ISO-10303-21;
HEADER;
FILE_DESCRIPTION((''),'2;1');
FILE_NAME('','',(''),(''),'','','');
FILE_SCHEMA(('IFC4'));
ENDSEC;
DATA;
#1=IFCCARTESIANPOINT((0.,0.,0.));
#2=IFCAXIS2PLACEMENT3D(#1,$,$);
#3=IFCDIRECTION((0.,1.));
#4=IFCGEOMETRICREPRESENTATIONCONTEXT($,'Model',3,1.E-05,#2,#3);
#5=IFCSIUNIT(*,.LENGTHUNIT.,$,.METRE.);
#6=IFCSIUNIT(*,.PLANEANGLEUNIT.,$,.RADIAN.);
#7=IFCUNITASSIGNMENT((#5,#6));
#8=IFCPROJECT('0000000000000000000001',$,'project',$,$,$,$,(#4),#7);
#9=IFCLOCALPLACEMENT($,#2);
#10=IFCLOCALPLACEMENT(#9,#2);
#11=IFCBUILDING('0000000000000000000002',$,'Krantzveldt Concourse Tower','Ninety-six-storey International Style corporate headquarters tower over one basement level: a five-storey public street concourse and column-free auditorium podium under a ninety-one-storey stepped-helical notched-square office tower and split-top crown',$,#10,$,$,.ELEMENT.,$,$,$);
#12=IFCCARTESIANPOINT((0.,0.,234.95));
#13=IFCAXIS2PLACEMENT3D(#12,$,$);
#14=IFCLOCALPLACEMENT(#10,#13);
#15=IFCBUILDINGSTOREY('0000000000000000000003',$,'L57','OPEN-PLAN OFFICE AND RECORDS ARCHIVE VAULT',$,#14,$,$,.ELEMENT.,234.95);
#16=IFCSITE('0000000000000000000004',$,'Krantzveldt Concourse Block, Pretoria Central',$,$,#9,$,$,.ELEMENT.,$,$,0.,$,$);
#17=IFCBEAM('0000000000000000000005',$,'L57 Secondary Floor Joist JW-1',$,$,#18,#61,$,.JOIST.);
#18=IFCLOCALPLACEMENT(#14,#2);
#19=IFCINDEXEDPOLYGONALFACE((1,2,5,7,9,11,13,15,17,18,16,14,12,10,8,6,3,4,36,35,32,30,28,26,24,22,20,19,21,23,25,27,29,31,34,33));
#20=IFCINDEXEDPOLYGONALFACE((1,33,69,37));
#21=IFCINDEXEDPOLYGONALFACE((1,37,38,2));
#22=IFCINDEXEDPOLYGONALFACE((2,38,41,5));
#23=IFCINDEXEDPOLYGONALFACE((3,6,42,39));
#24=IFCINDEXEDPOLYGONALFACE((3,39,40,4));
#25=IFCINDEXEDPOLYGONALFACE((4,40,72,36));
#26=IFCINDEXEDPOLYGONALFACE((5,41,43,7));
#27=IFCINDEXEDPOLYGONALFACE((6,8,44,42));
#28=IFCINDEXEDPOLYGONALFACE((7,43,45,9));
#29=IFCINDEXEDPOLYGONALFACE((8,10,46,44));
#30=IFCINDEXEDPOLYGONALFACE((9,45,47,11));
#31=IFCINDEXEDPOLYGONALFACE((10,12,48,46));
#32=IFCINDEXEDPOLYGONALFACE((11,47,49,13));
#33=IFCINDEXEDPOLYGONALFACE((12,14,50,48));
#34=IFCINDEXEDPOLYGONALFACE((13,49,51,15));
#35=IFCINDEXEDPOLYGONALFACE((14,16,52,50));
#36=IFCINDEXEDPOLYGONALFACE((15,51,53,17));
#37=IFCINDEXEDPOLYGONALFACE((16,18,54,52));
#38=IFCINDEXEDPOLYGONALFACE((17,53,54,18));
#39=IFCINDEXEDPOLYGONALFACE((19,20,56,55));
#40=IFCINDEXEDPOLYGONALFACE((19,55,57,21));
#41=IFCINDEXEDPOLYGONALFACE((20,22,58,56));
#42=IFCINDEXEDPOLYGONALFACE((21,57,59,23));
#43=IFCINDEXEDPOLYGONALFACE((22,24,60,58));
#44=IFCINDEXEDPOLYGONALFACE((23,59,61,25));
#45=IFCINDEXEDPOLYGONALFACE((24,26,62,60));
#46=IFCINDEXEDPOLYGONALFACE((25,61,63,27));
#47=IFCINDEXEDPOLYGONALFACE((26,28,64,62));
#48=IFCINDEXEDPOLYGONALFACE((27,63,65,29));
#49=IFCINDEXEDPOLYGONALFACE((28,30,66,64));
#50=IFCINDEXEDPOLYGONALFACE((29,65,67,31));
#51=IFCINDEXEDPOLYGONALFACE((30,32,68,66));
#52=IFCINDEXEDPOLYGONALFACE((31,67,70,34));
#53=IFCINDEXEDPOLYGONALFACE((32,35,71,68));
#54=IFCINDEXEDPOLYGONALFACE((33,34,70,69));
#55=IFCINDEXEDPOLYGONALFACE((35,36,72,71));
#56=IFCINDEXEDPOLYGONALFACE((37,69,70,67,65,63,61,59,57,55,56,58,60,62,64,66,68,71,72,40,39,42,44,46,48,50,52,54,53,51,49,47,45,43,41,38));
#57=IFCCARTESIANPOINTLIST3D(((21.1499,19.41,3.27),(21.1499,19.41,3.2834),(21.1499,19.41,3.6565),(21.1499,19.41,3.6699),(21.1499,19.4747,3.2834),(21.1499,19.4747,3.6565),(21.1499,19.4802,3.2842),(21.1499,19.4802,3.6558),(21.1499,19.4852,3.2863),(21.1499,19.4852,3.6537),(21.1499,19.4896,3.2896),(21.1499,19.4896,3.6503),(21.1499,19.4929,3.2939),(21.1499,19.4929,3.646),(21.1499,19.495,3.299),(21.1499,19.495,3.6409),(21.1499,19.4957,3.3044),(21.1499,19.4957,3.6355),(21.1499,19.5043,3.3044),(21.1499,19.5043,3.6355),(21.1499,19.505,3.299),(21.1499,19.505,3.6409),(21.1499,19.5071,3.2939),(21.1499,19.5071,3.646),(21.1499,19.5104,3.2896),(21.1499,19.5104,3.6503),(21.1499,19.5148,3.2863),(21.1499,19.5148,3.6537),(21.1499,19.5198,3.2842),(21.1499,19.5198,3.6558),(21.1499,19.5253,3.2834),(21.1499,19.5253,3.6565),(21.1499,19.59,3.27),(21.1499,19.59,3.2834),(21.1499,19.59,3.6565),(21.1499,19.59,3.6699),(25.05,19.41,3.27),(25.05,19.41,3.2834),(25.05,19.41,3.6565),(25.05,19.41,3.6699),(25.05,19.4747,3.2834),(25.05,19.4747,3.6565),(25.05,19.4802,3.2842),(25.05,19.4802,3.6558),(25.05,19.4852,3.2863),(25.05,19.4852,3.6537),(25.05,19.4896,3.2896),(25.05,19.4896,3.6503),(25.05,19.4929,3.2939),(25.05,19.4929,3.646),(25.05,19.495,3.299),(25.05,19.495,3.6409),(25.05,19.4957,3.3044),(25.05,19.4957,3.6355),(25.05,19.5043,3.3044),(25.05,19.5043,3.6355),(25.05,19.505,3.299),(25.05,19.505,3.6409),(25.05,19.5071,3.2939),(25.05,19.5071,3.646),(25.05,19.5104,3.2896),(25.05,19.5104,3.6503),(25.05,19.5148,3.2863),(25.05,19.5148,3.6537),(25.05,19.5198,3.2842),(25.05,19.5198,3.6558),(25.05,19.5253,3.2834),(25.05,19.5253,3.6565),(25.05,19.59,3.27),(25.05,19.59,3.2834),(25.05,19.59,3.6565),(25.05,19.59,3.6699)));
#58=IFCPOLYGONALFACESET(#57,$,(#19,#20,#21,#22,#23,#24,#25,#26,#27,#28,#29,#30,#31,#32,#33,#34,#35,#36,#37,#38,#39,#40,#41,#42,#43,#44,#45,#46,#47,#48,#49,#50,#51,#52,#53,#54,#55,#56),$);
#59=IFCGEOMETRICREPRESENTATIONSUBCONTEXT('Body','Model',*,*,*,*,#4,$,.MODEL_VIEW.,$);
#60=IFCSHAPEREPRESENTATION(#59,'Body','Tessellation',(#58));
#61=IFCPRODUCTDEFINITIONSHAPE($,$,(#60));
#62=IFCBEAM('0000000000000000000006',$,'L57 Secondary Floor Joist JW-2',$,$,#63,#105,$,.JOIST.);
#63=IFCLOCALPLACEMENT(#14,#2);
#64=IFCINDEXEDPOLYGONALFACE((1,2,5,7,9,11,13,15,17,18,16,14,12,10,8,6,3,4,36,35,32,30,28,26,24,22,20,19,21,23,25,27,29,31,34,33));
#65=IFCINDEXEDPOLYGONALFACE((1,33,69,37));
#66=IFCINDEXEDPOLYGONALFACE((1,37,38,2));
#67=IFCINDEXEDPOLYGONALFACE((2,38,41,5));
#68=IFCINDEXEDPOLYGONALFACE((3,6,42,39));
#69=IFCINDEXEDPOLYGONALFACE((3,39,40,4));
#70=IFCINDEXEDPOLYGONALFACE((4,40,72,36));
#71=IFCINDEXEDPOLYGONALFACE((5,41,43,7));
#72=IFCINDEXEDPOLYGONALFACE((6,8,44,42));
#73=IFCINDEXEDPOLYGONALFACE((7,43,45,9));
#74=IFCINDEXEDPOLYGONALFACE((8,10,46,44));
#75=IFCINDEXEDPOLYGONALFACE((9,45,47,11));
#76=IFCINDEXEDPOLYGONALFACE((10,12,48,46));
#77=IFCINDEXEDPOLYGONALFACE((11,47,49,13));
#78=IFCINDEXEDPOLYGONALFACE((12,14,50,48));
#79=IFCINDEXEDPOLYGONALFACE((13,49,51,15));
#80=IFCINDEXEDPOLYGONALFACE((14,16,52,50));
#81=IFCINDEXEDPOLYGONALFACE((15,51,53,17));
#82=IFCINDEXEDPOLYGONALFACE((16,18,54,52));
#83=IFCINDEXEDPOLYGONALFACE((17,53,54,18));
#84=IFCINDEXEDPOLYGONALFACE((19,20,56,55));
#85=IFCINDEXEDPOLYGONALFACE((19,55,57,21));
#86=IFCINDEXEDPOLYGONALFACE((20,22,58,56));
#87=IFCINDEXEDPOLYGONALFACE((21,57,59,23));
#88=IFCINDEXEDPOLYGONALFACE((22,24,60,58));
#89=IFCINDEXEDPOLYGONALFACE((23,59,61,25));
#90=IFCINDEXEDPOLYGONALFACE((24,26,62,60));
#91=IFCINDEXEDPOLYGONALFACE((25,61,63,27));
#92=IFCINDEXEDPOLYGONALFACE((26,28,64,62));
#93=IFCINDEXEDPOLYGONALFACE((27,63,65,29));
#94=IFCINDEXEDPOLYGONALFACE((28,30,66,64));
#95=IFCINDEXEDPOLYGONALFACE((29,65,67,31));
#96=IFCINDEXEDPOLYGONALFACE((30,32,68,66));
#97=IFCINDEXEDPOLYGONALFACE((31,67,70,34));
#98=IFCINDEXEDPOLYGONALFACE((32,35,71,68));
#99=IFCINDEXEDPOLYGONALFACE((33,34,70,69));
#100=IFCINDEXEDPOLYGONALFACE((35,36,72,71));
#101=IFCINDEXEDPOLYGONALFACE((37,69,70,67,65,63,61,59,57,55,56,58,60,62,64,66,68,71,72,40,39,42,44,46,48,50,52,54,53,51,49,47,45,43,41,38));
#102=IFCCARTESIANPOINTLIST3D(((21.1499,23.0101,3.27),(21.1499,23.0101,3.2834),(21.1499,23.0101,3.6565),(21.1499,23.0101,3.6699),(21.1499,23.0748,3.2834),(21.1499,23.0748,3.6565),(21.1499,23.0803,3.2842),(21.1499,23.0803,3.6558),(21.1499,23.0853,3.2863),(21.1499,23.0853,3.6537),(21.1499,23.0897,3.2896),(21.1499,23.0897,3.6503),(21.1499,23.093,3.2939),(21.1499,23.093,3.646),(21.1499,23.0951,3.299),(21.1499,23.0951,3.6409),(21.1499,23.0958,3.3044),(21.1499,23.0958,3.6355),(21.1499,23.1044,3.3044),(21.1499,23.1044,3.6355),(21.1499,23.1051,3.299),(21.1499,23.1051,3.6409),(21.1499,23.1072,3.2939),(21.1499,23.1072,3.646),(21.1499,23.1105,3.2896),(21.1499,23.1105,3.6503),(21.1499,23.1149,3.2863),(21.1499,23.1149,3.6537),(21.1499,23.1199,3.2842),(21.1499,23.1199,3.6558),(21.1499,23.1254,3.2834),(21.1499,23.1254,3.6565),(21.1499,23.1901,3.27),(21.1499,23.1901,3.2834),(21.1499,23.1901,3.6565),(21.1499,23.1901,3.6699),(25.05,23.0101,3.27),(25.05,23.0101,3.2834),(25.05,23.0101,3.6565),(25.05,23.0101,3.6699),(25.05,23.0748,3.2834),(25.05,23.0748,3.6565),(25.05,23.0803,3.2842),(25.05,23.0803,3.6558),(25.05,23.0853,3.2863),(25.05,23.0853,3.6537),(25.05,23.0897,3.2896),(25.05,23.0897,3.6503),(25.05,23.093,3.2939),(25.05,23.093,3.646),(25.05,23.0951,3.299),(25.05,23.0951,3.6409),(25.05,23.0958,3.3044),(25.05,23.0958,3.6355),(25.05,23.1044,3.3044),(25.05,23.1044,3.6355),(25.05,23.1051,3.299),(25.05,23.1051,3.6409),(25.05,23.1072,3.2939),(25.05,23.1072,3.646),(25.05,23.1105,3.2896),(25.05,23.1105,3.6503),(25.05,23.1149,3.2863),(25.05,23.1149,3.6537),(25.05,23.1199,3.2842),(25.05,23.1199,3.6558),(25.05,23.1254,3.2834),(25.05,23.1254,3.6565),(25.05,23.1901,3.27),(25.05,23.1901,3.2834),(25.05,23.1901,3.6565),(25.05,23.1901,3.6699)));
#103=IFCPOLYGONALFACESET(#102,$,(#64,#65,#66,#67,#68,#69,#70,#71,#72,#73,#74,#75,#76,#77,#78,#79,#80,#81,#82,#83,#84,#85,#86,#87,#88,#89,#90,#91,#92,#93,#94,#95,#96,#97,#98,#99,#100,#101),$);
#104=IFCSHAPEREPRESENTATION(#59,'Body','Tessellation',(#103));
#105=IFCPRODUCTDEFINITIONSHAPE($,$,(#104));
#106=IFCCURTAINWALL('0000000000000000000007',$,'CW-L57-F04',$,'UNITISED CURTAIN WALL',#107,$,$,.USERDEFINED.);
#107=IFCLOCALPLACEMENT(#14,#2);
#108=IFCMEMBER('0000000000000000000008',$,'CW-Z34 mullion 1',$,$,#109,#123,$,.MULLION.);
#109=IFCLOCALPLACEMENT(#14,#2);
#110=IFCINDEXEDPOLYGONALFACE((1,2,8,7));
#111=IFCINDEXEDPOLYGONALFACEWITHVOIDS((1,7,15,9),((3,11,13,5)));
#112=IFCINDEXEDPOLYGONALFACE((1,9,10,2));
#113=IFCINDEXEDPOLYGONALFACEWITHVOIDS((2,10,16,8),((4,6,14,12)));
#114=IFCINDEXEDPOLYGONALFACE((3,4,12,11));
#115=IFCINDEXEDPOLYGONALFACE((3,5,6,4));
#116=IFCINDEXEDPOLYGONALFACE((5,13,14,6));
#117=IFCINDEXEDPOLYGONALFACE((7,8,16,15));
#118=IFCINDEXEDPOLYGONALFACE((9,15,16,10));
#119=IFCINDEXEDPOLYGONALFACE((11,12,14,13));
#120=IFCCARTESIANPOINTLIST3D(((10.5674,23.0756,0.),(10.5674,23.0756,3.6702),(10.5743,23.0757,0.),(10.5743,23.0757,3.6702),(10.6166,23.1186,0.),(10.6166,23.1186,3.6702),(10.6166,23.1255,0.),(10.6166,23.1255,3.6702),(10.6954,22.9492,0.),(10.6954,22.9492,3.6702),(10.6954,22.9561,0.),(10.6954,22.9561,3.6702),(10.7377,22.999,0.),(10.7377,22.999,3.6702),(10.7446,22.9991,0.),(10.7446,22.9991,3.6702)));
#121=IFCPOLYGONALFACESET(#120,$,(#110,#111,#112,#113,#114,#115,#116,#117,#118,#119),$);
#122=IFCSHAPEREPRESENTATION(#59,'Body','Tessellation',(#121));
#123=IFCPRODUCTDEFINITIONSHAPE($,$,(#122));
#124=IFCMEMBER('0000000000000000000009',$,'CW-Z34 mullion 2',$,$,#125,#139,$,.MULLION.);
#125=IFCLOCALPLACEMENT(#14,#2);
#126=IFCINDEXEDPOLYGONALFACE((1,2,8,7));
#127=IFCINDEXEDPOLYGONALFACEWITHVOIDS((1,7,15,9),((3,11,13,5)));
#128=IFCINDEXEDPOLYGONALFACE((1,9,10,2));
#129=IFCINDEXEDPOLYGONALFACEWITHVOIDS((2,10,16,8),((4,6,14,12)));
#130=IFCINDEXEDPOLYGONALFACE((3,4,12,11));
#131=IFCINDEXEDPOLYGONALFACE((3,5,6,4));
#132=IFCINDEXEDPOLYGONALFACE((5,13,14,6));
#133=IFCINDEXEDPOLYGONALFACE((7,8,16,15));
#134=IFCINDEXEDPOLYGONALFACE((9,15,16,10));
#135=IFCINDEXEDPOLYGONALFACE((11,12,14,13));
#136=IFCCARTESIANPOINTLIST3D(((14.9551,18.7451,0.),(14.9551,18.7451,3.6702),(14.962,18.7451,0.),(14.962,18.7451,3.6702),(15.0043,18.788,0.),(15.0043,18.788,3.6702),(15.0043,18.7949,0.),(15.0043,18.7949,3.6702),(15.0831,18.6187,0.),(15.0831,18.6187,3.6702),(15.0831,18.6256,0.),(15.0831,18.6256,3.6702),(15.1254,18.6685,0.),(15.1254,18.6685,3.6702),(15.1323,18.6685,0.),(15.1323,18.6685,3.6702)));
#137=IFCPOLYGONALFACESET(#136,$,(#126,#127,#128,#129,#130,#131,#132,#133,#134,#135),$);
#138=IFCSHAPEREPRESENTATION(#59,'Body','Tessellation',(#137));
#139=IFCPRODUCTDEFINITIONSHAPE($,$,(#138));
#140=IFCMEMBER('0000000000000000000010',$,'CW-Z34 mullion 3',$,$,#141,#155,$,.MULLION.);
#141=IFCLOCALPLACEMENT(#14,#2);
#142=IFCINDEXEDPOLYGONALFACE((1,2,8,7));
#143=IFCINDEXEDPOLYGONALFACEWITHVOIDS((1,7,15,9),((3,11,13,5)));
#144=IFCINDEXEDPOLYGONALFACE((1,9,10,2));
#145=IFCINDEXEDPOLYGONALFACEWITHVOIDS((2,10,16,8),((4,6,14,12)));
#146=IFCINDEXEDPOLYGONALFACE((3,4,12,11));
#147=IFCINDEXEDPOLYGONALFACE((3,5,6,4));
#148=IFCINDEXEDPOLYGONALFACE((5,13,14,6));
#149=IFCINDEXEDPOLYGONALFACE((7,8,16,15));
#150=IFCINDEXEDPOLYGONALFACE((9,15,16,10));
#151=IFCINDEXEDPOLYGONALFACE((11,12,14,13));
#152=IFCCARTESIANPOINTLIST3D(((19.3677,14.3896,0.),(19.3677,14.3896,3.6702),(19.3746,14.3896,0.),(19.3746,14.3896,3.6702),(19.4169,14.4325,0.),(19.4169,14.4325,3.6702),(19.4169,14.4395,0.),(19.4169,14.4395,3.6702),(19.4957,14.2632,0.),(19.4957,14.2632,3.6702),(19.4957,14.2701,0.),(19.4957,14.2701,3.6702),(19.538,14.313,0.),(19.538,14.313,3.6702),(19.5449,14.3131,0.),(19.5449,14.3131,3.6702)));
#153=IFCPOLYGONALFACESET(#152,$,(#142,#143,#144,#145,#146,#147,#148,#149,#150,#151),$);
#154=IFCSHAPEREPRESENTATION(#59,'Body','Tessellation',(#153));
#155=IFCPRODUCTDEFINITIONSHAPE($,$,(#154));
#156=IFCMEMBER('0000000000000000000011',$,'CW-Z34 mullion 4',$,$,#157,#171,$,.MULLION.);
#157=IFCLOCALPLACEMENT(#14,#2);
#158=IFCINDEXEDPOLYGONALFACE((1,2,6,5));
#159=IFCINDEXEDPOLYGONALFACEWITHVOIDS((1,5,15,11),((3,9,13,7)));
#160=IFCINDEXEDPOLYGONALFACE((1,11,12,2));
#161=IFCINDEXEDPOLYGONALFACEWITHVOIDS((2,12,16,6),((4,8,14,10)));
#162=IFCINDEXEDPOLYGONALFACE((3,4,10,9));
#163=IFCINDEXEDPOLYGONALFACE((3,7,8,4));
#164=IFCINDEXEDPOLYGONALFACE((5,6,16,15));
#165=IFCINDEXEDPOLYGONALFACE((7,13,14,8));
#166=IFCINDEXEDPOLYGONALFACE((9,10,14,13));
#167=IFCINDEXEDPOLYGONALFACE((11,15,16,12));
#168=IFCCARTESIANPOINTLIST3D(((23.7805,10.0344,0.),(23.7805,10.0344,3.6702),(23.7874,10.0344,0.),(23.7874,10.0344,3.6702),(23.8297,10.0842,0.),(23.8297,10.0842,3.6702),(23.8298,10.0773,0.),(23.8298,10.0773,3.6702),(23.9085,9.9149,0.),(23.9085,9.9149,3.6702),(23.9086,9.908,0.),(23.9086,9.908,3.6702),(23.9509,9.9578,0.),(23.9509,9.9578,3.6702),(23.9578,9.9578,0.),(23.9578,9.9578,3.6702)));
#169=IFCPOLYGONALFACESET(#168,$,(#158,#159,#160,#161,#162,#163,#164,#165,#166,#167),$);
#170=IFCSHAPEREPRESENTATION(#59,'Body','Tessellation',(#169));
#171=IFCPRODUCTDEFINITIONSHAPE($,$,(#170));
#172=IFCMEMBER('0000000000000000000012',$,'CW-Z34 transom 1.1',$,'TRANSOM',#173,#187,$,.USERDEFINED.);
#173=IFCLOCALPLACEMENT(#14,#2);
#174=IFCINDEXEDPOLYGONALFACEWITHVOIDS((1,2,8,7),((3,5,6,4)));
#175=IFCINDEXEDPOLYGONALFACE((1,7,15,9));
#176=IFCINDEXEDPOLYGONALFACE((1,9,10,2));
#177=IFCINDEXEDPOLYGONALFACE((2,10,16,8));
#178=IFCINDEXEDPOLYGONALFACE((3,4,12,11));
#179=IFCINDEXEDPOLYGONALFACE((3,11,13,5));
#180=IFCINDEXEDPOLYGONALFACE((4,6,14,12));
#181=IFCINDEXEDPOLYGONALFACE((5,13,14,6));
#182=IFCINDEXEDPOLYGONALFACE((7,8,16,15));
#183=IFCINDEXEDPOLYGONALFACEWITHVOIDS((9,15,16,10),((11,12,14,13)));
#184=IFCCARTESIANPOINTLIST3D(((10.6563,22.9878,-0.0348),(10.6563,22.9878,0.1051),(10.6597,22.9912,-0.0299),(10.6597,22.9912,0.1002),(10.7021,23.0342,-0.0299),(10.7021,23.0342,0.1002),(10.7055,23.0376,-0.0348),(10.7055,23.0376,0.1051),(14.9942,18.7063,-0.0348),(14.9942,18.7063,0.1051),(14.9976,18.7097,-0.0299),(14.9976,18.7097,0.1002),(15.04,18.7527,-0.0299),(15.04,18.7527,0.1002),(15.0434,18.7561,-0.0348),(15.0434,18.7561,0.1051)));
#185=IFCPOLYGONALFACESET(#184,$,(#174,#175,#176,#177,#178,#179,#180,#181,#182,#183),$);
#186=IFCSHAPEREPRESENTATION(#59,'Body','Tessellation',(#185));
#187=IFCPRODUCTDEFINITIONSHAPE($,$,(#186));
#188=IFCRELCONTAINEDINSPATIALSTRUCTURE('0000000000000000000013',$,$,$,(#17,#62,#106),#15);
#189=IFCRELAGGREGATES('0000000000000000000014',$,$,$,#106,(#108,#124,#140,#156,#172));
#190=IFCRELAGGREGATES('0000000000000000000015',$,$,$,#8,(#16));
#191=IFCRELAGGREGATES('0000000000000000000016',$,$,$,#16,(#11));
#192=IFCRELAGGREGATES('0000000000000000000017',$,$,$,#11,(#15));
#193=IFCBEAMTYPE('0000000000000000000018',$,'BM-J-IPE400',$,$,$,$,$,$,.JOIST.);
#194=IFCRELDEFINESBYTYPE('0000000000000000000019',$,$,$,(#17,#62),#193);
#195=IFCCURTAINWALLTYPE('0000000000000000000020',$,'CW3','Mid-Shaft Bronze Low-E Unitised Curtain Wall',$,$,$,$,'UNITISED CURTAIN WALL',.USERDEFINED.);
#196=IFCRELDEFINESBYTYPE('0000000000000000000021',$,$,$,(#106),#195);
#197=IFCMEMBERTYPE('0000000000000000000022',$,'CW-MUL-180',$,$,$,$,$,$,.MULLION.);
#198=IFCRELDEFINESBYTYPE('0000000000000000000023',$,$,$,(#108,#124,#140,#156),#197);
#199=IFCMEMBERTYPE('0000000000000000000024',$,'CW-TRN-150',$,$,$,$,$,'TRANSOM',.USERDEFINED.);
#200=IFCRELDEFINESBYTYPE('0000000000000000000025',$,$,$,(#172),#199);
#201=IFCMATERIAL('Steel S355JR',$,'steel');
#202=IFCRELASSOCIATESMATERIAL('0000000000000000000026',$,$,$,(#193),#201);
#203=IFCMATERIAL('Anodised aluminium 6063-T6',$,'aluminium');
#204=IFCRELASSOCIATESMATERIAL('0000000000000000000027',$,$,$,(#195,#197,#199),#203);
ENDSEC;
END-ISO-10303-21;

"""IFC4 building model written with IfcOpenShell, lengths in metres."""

from ifc_helpers import new_model, si_unit, direction, frame, origin, origin_2d, place, context, subcontext, project, spatial, hollow_rectangle, i_section, extrude, source, transform, mapped, material, material_profile, profile_set, type_object, type_shapes, element, aggregate, save


model = new_model("IFC4")

# Units and contexts
model_context = context("Model", 3, precision=1e-05, world=origin(), true_north=direction((0.0, 1.0)))
body_context = subcontext(model_context, "Body", "Model", "MODEL_VIEW")
ifc_project = project(units=[si_unit("LENGTHUNIT", "METRE"), si_unit("PLANEANGLEUNIT", "RADIAN")], contexts=[model_context])

# Site, building, storey
site_placement = place(None, origin())
site = spatial("IfcSite", under=ifc_project, at=site_placement, Name="Krantzveldt Concourse Block, Pretoria Central", CompositionType="ELEMENT", RefElevation=0.0)
building_placement = place(site_placement, origin())
building = spatial("IfcBuilding", under=site, at=building_placement, Name="Krantzveldt Concourse Tower", Description="Ninety-six-storey International Style corporate headquarters tower over one basement level: a five-storey public street concourse and column-free auditorium podium under a ninety-one-storey stepped-helical notched-square office tower and split-top crown", CompositionType="ELEMENT")
storey_placement = place(building_placement, frame((0.0, 0.0, 234.95)))
storey = spatial("IfcBuildingStorey", under=building, at=storey_placement, Name="L57", Description="OPEN-PLAN OFFICE AND RECORDS ARCHIVE VAULT", CompositionType="ELEMENT", Elevation=234.95)

# Beams
ifc_material_1 = material(Name="Steel S355JR", Category="steel")
ifc_material_profile_1 = material_profile(ifc_material_1, i_section(OverallWidth=0.1799, OverallDepth=0.3999, WebThickness=0.0085, FlangeThickness=0.0134, FilletRadius=0.021, at=origin_2d()), Name="Steel S355JR", Category="steel")
ifc_profile_set_1 = profile_set([ifc_material_profile_1], Name="Steel S355JR - IPE 400")
beam_type_1 = type_object("IfcBeamType", Name="BM-J-IPE400", PredefinedType="JOIST", material=ifc_profile_set_1)
shared_shape_1 = source(origin(), body_context, "Body", "SweptSolid", [
    extrude(i_section(OverallWidth=0.1799, OverallDepth=0.3999, WebThickness=0.0085, FlangeThickness=0.0134, FilletRadius=0.021, at=origin_2d()), origin(), (0.0, 0.0, 1.0), 3.9001),
])
type_shapes(beam_type_1, [shared_shape_1])
for number, where, z_axis, x_axis, name in (
    (1, (21.1499, 19.5, 3.47), (1.0, 0.0, 0.0), (0.0, 1.0, 0.0), "L57 Secondary Floor Joist JW-1"),
    (2, (21.1499, 23.1001, 3.47), (1.0, 0.0, 0.0), (0.0, 1.0, 0.0), "L57 Secondary Floor Joist JW-2"),
):
    element("IfcBeam", number, at=place(storey_placement, frame(where, z_axis=z_axis, x_axis=x_axis)), inside=storey, type_object=beam_type_1, Name=name, PredefinedType="JOIST", context=body_context, shape_type="MappedRepresentation", body=[
        mapped(shared_shape_1, transform((0.0, 0.0, 0.0), x_axis=(1.0, 0.0, 0.0), y_axis=(0.0, 1.0, 0.0), z_axis=(0.0, 0.0, 1.0), scale=1.0)),
    ])

# Curtain wall, members
ifc_material_2 = material(Name="Anodised aluminium 6063-T6", Category="aluminium")
curtain_wall_type = type_object("IfcCurtainWallType", Name="CW3", Description="Mid-Shaft Bronze Low-E Unitised Curtain Wall", ElementType="UNITISED CURTAIN WALL", PredefinedType="USERDEFINED", material=ifc_material_2)
curtain_wall_placement = place(storey_placement, origin())
curtain_wall = element("IfcCurtainWall", 3, at=curtain_wall_placement, inside=storey, type_object=curtain_wall_type, Name="CW-L57-F04", ObjectType="UNITISED CURTAIN WALL", PredefinedType="USERDEFINED")
ifc_material_profile_2 = material_profile(ifc_material_2, hollow_rectangle(XDim=0.0701, YDim=0.1799, WallThickness=0.0049, at=origin_2d()), Name="Anodised aluminium 6063-T6", Category="aluminium")
ifc_profile_set_2 = profile_set([ifc_material_profile_2], Name="Anodised aluminium 6063-T6 - ALU-MULL 180x70x5")
member_type_1 = type_object("IfcMemberType", Name="CW-MUL-180", PredefinedType="MULLION", material=ifc_profile_set_2)
shared_shape_2 = source(origin(), body_context, "Body", "SweptSolid", [
    extrude(hollow_rectangle(XDim=0.0701, YDim=0.1799, WallThickness=0.0049, at=origin_2d()), origin(), (0.0, 0.0, 1.0), 3.6702),
])
type_shapes(member_type_1, [shared_shape_2])
member_1_placement = place(storey_placement, frame((10.656, 23.0374, 0.0), z_axis=(0.0, 0.0, 1.0), x_axis=(0.702464, 0.71172, 0.0)))
member_1 = element("IfcMember", 4, at=member_1_placement, type_object=member_type_1, Name="CW-Z34 mullion 1", PredefinedType="MULLION", context=body_context, shape_type="MappedRepresentation", body=[
    mapped(shared_shape_2, transform((0.0, 0.0, 0.0), x_axis=(1.0, 0.0, 0.0), y_axis=(0.0, 1.0, 0.0), z_axis=(0.0, 0.0, 1.0), scale=1.0)),
])
member_2_placement = place(storey_placement, frame((15.0437, 18.7068, 0.0), z_axis=(0.0, 0.0, 1.0), x_axis=(0.702464, 0.71172, 0.0)))
member_2 = element("IfcMember", 5, at=member_2_placement, type_object=member_type_1, Name="CW-Z34 mullion 2", PredefinedType="MULLION", context=body_context, shape_type="MappedRepresentation", body=[
    mapped(shared_shape_2, transform((0.0, 0.0, 0.0), x_axis=(1.0, 0.0, 0.0), y_axis=(0.0, 1.0, 0.0), z_axis=(0.0, 0.0, 1.0), scale=1.0)),
])
member_3_placement = place(storey_placement, frame((19.4563, 14.3513, 0.0), z_axis=(0.0, 0.0, 1.0), x_axis=(0.702464, 0.71172, 0.0)))
member_3 = element("IfcMember", 6, at=member_3_placement, type_object=member_type_1, Name="CW-Z34 mullion 3", PredefinedType="MULLION", context=body_context, shape_type="MappedRepresentation", body=[
    mapped(shared_shape_2, transform((0.0, 0.0, 0.0), x_axis=(1.0, 0.0, 0.0), y_axis=(0.0, 1.0, 0.0), z_axis=(0.0, 0.0, 1.0), scale=1.0)),
])
member_4_placement = place(storey_placement, frame((23.8691, 9.9961, 0.0), z_axis=(0.0, 0.0, 1.0), x_axis=(0.702464, 0.71172, 0.0)))
member_4 = element("IfcMember", 7, at=member_4_placement, type_object=member_type_1, Name="CW-Z34 mullion 4", PredefinedType="MULLION", context=body_context, shape_type="MappedRepresentation", body=[
    mapped(shared_shape_2, transform((0.0, 0.0, 0.0), x_axis=(1.0, 0.0, 0.0), y_axis=(0.0, 1.0, 0.0), z_axis=(0.0, 0.0, 1.0), scale=1.0)),
])
ifc_material_profile_3 = material_profile(ifc_material_2, hollow_rectangle(XDim=0.0701, YDim=0.1399, WallThickness=0.0049, at=origin_2d()), Name="Anodised aluminium 6063-T6", Category="aluminium")
ifc_profile_set_3 = profile_set([ifc_material_profile_3], Name="Anodised aluminium 6063-T6 - ALU-TRAN 140x70x5")
member_type_2 = type_object("IfcMemberType", Name="CW-TRN-150", ElementType="TRANSOM", PredefinedType="USERDEFINED", material=ifc_profile_set_3)
shared_shape_3 = source(origin(), body_context, "Body", "SweptSolid", [
    extrude(hollow_rectangle(XDim=0.0701, YDim=0.1399, WallThickness=0.0049, at=origin_2d()), origin(), (0.0, 0.0, 1.0), 6.095),
])
member_5_placement = place(storey_placement, frame((10.6809, 23.0127, 0.0352), z_axis=(0.711718, -0.702465, 0.0), x_axis=(0.702465, 0.711718, 0.0)))
member_5 = element("IfcMember", 8, at=member_5_placement, type_object=member_type_2, Name="CW-Z34 transom 1.1", ObjectType="TRANSOM", PredefinedType="USERDEFINED", context=body_context, shape_type="MappedRepresentation", body=[
    mapped(shared_shape_3, transform((0.0, 0.0, 0.0), x_axis=(1.0, 0.0, 0.0), y_axis=(0.0, 1.0, 0.0), z_axis=(0.0, 0.0, 1.0), scale=1.0)),
])

aggregate(curtain_wall, [member_1, member_2, member_3, member_4, member_5])

save(model, "model.ifc")
